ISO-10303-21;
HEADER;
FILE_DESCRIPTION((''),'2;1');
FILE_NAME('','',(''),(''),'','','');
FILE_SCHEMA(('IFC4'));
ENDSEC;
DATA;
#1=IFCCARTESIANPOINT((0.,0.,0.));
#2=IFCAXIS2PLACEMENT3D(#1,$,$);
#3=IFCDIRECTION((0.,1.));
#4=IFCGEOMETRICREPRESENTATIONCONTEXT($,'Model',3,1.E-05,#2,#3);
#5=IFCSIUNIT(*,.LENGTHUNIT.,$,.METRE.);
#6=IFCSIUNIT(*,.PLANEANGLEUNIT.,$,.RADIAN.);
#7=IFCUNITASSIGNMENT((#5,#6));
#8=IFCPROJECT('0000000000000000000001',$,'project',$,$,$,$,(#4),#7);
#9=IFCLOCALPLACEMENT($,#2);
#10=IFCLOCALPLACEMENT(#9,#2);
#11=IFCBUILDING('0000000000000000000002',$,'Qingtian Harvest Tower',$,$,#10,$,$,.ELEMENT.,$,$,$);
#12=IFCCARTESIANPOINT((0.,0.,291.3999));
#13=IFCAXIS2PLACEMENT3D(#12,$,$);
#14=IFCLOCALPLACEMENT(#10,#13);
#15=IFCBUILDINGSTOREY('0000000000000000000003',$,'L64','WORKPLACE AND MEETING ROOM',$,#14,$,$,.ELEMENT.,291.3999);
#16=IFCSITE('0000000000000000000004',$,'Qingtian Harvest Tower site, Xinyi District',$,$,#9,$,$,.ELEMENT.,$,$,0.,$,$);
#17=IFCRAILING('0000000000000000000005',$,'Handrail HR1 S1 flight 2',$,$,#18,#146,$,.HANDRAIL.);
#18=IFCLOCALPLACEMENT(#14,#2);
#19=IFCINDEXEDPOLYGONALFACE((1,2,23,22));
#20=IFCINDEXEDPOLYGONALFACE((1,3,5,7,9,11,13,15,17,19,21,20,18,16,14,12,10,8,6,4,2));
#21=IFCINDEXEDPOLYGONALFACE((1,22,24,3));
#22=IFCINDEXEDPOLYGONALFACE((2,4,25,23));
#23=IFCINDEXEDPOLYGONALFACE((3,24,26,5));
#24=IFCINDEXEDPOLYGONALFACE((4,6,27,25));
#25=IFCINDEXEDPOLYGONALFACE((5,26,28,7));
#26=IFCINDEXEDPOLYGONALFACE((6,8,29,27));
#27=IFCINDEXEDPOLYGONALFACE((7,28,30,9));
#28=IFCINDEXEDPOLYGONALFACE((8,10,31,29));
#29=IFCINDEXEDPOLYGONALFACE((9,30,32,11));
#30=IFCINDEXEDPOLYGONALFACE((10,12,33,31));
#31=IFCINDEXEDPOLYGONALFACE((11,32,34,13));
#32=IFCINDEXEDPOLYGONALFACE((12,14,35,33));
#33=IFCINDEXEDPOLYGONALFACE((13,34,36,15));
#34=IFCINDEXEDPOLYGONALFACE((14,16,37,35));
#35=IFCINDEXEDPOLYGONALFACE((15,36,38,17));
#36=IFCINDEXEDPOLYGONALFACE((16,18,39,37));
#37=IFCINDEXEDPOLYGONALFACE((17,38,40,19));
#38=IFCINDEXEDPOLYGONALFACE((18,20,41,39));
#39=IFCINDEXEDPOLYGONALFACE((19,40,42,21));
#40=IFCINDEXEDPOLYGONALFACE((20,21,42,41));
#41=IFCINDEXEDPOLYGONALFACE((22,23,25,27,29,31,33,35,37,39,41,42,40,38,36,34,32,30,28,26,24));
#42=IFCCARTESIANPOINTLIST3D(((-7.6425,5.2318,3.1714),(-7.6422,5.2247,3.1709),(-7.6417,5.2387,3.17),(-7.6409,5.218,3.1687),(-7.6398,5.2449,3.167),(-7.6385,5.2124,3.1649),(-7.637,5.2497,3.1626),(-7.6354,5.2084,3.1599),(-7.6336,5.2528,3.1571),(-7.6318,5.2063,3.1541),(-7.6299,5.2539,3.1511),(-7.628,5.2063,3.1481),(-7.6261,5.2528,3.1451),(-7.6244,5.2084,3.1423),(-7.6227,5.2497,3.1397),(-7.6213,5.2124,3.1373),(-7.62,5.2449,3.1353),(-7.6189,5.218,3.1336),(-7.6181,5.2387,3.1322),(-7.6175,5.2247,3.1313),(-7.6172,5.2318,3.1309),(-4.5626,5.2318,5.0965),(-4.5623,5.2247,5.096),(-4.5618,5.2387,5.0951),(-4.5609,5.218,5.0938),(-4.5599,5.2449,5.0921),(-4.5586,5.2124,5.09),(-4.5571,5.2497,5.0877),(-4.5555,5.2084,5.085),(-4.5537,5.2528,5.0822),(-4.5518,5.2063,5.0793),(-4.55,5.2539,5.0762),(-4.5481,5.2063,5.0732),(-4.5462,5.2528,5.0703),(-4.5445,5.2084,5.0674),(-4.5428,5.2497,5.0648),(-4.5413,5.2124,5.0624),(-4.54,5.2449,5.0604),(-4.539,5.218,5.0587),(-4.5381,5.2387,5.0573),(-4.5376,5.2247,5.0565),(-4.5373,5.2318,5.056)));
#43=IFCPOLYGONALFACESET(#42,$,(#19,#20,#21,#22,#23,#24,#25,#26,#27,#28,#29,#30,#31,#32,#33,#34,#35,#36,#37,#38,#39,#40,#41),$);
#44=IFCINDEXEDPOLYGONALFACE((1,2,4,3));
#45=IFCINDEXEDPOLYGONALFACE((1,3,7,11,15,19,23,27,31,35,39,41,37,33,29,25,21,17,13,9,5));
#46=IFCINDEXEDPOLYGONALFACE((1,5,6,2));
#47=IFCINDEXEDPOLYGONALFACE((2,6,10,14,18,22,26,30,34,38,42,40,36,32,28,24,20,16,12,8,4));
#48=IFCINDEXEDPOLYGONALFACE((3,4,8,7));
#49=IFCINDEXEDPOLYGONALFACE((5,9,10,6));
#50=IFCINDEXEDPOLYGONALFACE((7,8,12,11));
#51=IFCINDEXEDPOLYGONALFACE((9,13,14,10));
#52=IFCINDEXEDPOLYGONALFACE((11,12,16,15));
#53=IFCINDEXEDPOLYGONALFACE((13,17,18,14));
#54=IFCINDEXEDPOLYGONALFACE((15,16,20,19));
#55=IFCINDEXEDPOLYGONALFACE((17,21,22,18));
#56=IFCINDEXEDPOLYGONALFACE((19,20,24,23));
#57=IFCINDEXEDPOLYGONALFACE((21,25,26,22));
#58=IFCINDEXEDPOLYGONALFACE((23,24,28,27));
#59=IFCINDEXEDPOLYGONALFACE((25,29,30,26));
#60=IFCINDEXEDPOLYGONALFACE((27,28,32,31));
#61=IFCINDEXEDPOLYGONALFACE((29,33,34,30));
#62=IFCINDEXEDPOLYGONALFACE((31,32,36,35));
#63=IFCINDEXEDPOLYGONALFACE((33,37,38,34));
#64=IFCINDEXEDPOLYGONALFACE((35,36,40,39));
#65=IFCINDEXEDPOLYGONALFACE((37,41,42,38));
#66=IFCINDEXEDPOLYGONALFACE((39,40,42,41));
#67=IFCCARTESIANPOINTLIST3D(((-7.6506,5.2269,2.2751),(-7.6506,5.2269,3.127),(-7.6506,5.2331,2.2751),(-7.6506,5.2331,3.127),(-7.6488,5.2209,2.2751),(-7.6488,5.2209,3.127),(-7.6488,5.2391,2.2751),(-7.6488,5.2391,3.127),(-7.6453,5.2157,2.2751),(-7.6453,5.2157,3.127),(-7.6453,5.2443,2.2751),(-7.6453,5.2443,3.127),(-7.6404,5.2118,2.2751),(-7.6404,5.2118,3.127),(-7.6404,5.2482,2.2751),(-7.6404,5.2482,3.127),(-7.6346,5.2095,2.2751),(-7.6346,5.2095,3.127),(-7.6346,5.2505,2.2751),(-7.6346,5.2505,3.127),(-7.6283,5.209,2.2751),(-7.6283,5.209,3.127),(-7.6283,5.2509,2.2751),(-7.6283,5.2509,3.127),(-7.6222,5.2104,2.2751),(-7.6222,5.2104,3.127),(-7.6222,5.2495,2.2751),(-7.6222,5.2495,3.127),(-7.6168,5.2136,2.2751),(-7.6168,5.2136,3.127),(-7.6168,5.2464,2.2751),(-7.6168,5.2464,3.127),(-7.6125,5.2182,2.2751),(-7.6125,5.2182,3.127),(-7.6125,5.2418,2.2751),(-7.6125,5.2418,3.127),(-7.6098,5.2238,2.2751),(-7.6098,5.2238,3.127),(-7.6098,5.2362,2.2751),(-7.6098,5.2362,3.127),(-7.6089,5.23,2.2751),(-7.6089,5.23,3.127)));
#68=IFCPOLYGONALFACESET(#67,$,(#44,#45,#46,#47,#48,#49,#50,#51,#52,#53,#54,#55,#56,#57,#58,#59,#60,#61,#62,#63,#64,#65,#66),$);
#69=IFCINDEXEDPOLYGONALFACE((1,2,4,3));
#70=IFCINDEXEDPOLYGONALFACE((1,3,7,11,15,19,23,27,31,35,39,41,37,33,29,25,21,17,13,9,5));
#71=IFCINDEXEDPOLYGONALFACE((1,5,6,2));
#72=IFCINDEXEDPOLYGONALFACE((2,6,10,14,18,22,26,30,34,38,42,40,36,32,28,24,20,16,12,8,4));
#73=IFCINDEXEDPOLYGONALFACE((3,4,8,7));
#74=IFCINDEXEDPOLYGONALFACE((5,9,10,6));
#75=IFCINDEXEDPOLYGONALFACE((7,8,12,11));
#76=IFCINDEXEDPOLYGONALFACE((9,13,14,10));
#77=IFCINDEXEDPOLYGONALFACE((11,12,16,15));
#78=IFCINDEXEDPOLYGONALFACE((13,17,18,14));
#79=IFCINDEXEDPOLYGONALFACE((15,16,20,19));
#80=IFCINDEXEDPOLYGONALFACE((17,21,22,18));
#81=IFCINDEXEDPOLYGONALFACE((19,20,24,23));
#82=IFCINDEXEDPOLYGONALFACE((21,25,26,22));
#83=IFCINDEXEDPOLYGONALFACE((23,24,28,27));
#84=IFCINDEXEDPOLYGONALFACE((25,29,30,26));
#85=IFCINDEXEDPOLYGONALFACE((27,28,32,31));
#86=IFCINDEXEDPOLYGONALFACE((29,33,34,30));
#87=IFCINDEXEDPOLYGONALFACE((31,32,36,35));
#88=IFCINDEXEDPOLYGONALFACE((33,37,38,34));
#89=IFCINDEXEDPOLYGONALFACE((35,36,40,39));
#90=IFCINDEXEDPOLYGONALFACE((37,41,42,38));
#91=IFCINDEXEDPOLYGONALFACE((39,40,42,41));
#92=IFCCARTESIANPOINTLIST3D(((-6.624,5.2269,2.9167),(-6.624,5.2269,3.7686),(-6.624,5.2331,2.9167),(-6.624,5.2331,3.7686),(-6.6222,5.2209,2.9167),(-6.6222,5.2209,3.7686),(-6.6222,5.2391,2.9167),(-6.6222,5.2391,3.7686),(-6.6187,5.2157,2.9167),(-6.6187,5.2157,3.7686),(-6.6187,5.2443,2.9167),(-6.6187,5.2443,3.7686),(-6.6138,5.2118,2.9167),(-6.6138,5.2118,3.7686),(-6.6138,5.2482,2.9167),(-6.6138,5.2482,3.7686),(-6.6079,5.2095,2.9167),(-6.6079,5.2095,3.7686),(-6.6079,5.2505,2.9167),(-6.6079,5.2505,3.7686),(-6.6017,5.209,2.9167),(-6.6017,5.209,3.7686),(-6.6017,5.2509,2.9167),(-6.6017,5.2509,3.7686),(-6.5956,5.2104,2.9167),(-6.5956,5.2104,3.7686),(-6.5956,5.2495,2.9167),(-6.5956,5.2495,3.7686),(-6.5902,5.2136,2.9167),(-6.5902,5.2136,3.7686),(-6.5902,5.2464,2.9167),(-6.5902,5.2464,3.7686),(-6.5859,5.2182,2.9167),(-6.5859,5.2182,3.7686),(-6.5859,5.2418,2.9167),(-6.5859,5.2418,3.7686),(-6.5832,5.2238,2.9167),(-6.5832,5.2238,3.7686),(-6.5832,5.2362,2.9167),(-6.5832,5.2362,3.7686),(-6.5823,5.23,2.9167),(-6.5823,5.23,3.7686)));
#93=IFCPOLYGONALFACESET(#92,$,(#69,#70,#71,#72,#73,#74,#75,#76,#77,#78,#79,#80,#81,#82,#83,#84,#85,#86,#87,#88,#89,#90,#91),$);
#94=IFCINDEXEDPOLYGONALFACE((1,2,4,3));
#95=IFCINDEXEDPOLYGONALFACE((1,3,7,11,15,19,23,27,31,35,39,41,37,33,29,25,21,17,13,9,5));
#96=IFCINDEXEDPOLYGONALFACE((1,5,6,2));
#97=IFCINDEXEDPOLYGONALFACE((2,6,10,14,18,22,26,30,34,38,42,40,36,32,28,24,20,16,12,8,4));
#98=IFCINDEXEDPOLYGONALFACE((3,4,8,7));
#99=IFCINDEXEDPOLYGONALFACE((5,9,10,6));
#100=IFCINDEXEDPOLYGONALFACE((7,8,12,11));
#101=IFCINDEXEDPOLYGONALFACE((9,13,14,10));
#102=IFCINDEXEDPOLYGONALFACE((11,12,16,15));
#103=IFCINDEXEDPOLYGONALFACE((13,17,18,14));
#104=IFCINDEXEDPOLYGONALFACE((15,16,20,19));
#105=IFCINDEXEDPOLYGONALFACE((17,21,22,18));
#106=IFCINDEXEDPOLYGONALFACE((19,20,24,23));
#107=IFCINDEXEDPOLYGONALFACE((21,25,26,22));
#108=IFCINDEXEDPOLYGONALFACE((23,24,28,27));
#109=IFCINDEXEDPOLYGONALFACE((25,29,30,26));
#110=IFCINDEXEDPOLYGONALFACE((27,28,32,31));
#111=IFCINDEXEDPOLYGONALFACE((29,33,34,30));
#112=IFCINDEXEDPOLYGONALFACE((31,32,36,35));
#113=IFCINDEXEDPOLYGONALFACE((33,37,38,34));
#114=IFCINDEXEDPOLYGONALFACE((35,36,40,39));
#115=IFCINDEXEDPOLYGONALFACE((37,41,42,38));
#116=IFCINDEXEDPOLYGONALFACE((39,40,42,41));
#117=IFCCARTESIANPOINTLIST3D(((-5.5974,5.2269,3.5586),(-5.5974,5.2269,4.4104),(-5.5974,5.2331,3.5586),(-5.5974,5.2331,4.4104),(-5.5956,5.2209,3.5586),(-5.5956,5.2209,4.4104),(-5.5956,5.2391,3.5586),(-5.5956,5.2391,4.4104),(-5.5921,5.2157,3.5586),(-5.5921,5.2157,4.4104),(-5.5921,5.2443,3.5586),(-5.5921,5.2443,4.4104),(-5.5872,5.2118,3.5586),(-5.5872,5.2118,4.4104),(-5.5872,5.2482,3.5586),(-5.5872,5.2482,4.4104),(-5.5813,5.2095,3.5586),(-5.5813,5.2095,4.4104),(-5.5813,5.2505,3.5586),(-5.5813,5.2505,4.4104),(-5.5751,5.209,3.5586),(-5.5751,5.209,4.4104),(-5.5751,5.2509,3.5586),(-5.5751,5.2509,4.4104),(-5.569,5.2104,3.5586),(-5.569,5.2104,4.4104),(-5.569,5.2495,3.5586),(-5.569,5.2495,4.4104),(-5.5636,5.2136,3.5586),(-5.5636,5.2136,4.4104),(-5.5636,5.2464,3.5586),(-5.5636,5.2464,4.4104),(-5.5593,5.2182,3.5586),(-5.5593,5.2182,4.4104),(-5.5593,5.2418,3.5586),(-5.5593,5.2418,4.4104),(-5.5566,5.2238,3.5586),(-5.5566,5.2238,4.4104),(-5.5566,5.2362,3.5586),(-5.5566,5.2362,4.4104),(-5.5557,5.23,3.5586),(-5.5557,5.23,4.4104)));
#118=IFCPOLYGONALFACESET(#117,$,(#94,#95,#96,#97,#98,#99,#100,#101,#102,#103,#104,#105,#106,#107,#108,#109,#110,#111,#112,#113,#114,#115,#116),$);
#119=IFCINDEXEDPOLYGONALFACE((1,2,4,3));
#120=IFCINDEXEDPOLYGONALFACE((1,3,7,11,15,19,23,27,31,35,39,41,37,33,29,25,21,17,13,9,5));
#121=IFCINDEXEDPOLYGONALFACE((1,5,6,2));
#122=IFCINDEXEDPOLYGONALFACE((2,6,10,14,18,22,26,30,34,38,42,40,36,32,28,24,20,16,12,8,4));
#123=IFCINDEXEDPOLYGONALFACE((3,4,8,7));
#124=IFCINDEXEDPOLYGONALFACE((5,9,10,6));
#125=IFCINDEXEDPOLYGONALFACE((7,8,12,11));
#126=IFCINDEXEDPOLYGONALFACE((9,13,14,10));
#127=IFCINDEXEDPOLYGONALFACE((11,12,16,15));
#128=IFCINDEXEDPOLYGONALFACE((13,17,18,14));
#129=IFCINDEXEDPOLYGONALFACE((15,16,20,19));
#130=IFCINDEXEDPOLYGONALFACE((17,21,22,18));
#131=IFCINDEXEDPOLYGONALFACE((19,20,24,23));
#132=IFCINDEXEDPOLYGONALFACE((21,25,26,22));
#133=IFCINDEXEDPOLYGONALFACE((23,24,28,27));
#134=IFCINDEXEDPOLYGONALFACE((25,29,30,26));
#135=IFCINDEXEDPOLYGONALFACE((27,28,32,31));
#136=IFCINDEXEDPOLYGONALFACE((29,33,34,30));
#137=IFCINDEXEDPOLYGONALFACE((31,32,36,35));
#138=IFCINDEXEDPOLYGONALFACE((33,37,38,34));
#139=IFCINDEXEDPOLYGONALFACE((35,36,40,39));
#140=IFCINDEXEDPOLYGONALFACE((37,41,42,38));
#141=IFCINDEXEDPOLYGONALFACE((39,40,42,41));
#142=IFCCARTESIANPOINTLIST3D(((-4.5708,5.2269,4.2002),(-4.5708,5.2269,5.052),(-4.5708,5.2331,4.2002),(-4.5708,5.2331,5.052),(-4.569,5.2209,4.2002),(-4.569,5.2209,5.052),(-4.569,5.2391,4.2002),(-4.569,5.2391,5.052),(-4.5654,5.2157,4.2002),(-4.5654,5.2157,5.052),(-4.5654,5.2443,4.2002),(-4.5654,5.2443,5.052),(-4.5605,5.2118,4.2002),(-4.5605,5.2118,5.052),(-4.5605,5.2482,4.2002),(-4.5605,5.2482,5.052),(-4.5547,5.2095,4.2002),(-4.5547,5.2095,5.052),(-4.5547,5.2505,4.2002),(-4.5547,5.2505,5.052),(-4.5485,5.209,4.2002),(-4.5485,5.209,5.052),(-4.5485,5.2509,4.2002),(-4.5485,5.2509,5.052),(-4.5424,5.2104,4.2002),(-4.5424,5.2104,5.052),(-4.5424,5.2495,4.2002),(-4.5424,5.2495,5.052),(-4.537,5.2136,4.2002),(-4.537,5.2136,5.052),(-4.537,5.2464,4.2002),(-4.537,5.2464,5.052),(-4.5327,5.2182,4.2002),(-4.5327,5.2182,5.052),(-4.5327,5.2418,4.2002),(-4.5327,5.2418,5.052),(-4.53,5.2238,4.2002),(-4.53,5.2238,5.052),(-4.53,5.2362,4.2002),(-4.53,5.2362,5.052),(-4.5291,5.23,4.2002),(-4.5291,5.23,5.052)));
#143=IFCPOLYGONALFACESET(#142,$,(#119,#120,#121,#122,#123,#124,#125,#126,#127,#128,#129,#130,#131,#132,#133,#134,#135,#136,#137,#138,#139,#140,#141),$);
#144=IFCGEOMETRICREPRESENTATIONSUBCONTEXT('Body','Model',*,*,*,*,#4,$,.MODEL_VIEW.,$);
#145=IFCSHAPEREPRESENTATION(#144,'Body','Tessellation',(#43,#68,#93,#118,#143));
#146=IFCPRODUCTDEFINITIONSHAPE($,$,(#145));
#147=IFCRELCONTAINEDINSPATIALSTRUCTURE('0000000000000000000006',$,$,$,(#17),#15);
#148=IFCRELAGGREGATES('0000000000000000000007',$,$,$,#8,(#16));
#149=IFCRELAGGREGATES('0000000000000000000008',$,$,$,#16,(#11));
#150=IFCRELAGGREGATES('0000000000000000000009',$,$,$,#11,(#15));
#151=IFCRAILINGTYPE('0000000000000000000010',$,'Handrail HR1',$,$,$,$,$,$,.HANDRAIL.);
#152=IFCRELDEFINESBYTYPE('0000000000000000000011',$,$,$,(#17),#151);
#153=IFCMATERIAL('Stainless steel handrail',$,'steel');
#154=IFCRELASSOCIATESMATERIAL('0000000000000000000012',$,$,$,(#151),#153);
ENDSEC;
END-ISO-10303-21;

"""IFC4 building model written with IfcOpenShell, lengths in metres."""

from ifc_helpers import new_model, si_unit, direction, frame, origin, origin_2d, place, context, subcontext, project, spatial, circle, extrude, material, type_object, element, save


model = new_model("IFC4")

# Units and contexts
model_context = context("Model", 3, precision=1e-05, world=origin(), true_north=direction((0.0, 1.0)))
body_context = subcontext(model_context, "Body", "Model", "MODEL_VIEW")
ifc_project = project(units=[si_unit("LENGTHUNIT", "METRE"), si_unit("PLANEANGLEUNIT", "RADIAN")], contexts=[model_context])

# Site, building, storey
site_placement = place(None, origin())
site = spatial("IfcSite", under=ifc_project, at=site_placement, Name="Qingtian Harvest Tower site, Xinyi District", CompositionType="ELEMENT", RefElevation=0.0)
building_placement = place(site_placement, origin())
building = spatial("IfcBuilding", under=site, at=building_placement, Name="Qingtian Harvest Tower", CompositionType="ELEMENT")
storey_placement = place(building_placement, frame((0.0, 0.0, 291.3999)))
storey = spatial("IfcBuildingStorey", under=building, at=storey_placement, Name="L64", Description="WORKPLACE AND MEETING ROOM", CompositionType="ELEMENT", Elevation=291.3999)

# Railing
ifc_material_1 = material(Name="Stainless steel handrail", Category="steel")
railing_type = type_object("IfcRailingType", Name="Handrail HR1", PredefinedType="HANDRAIL", material=ifc_material_1)
railing_1_placement = place(storey_placement, frame((-7.6299, 5.23, 2.2751)))
element("IfcRailing", 1, at=railing_1_placement, inside=storey, type_object=railing_type, Name="Handrail HR1 S1 flight 2", PredefinedType="HANDRAIL", context=body_context, shape_type="SweptSolid", body=[
    extrude(circle(Radius=0.0239, at=origin_2d()), frame((0.0, 0.0, 0.876), z_axis=(0.847979, 0.0, 0.530029), x_axis=(0.0, 1.0, 0.0)), (0.0, 0.0, 1.0), 3.6321),
    extrude(circle(Radius=0.021, at=origin_2d()), origin(), (0.0, 0.0, 1.0), 0.8518),
    extrude(circle(Radius=0.021, at=origin_2d()), frame((1.0266, 0.0, 0.6416)), (0.0, 0.0, 1.0), 0.8518),
    extrude(circle(Radius=0.021, at=origin_2d()), frame((2.0532, 0.0, 1.2834)), (0.0, 0.0, 1.0), 0.8518),
    extrude(circle(Radius=0.021, at=origin_2d()), frame((3.0798, 0.0, 1.925)), (0.0, 0.0, 1.0), 0.8518),
])

save(model, "model.ifc")
